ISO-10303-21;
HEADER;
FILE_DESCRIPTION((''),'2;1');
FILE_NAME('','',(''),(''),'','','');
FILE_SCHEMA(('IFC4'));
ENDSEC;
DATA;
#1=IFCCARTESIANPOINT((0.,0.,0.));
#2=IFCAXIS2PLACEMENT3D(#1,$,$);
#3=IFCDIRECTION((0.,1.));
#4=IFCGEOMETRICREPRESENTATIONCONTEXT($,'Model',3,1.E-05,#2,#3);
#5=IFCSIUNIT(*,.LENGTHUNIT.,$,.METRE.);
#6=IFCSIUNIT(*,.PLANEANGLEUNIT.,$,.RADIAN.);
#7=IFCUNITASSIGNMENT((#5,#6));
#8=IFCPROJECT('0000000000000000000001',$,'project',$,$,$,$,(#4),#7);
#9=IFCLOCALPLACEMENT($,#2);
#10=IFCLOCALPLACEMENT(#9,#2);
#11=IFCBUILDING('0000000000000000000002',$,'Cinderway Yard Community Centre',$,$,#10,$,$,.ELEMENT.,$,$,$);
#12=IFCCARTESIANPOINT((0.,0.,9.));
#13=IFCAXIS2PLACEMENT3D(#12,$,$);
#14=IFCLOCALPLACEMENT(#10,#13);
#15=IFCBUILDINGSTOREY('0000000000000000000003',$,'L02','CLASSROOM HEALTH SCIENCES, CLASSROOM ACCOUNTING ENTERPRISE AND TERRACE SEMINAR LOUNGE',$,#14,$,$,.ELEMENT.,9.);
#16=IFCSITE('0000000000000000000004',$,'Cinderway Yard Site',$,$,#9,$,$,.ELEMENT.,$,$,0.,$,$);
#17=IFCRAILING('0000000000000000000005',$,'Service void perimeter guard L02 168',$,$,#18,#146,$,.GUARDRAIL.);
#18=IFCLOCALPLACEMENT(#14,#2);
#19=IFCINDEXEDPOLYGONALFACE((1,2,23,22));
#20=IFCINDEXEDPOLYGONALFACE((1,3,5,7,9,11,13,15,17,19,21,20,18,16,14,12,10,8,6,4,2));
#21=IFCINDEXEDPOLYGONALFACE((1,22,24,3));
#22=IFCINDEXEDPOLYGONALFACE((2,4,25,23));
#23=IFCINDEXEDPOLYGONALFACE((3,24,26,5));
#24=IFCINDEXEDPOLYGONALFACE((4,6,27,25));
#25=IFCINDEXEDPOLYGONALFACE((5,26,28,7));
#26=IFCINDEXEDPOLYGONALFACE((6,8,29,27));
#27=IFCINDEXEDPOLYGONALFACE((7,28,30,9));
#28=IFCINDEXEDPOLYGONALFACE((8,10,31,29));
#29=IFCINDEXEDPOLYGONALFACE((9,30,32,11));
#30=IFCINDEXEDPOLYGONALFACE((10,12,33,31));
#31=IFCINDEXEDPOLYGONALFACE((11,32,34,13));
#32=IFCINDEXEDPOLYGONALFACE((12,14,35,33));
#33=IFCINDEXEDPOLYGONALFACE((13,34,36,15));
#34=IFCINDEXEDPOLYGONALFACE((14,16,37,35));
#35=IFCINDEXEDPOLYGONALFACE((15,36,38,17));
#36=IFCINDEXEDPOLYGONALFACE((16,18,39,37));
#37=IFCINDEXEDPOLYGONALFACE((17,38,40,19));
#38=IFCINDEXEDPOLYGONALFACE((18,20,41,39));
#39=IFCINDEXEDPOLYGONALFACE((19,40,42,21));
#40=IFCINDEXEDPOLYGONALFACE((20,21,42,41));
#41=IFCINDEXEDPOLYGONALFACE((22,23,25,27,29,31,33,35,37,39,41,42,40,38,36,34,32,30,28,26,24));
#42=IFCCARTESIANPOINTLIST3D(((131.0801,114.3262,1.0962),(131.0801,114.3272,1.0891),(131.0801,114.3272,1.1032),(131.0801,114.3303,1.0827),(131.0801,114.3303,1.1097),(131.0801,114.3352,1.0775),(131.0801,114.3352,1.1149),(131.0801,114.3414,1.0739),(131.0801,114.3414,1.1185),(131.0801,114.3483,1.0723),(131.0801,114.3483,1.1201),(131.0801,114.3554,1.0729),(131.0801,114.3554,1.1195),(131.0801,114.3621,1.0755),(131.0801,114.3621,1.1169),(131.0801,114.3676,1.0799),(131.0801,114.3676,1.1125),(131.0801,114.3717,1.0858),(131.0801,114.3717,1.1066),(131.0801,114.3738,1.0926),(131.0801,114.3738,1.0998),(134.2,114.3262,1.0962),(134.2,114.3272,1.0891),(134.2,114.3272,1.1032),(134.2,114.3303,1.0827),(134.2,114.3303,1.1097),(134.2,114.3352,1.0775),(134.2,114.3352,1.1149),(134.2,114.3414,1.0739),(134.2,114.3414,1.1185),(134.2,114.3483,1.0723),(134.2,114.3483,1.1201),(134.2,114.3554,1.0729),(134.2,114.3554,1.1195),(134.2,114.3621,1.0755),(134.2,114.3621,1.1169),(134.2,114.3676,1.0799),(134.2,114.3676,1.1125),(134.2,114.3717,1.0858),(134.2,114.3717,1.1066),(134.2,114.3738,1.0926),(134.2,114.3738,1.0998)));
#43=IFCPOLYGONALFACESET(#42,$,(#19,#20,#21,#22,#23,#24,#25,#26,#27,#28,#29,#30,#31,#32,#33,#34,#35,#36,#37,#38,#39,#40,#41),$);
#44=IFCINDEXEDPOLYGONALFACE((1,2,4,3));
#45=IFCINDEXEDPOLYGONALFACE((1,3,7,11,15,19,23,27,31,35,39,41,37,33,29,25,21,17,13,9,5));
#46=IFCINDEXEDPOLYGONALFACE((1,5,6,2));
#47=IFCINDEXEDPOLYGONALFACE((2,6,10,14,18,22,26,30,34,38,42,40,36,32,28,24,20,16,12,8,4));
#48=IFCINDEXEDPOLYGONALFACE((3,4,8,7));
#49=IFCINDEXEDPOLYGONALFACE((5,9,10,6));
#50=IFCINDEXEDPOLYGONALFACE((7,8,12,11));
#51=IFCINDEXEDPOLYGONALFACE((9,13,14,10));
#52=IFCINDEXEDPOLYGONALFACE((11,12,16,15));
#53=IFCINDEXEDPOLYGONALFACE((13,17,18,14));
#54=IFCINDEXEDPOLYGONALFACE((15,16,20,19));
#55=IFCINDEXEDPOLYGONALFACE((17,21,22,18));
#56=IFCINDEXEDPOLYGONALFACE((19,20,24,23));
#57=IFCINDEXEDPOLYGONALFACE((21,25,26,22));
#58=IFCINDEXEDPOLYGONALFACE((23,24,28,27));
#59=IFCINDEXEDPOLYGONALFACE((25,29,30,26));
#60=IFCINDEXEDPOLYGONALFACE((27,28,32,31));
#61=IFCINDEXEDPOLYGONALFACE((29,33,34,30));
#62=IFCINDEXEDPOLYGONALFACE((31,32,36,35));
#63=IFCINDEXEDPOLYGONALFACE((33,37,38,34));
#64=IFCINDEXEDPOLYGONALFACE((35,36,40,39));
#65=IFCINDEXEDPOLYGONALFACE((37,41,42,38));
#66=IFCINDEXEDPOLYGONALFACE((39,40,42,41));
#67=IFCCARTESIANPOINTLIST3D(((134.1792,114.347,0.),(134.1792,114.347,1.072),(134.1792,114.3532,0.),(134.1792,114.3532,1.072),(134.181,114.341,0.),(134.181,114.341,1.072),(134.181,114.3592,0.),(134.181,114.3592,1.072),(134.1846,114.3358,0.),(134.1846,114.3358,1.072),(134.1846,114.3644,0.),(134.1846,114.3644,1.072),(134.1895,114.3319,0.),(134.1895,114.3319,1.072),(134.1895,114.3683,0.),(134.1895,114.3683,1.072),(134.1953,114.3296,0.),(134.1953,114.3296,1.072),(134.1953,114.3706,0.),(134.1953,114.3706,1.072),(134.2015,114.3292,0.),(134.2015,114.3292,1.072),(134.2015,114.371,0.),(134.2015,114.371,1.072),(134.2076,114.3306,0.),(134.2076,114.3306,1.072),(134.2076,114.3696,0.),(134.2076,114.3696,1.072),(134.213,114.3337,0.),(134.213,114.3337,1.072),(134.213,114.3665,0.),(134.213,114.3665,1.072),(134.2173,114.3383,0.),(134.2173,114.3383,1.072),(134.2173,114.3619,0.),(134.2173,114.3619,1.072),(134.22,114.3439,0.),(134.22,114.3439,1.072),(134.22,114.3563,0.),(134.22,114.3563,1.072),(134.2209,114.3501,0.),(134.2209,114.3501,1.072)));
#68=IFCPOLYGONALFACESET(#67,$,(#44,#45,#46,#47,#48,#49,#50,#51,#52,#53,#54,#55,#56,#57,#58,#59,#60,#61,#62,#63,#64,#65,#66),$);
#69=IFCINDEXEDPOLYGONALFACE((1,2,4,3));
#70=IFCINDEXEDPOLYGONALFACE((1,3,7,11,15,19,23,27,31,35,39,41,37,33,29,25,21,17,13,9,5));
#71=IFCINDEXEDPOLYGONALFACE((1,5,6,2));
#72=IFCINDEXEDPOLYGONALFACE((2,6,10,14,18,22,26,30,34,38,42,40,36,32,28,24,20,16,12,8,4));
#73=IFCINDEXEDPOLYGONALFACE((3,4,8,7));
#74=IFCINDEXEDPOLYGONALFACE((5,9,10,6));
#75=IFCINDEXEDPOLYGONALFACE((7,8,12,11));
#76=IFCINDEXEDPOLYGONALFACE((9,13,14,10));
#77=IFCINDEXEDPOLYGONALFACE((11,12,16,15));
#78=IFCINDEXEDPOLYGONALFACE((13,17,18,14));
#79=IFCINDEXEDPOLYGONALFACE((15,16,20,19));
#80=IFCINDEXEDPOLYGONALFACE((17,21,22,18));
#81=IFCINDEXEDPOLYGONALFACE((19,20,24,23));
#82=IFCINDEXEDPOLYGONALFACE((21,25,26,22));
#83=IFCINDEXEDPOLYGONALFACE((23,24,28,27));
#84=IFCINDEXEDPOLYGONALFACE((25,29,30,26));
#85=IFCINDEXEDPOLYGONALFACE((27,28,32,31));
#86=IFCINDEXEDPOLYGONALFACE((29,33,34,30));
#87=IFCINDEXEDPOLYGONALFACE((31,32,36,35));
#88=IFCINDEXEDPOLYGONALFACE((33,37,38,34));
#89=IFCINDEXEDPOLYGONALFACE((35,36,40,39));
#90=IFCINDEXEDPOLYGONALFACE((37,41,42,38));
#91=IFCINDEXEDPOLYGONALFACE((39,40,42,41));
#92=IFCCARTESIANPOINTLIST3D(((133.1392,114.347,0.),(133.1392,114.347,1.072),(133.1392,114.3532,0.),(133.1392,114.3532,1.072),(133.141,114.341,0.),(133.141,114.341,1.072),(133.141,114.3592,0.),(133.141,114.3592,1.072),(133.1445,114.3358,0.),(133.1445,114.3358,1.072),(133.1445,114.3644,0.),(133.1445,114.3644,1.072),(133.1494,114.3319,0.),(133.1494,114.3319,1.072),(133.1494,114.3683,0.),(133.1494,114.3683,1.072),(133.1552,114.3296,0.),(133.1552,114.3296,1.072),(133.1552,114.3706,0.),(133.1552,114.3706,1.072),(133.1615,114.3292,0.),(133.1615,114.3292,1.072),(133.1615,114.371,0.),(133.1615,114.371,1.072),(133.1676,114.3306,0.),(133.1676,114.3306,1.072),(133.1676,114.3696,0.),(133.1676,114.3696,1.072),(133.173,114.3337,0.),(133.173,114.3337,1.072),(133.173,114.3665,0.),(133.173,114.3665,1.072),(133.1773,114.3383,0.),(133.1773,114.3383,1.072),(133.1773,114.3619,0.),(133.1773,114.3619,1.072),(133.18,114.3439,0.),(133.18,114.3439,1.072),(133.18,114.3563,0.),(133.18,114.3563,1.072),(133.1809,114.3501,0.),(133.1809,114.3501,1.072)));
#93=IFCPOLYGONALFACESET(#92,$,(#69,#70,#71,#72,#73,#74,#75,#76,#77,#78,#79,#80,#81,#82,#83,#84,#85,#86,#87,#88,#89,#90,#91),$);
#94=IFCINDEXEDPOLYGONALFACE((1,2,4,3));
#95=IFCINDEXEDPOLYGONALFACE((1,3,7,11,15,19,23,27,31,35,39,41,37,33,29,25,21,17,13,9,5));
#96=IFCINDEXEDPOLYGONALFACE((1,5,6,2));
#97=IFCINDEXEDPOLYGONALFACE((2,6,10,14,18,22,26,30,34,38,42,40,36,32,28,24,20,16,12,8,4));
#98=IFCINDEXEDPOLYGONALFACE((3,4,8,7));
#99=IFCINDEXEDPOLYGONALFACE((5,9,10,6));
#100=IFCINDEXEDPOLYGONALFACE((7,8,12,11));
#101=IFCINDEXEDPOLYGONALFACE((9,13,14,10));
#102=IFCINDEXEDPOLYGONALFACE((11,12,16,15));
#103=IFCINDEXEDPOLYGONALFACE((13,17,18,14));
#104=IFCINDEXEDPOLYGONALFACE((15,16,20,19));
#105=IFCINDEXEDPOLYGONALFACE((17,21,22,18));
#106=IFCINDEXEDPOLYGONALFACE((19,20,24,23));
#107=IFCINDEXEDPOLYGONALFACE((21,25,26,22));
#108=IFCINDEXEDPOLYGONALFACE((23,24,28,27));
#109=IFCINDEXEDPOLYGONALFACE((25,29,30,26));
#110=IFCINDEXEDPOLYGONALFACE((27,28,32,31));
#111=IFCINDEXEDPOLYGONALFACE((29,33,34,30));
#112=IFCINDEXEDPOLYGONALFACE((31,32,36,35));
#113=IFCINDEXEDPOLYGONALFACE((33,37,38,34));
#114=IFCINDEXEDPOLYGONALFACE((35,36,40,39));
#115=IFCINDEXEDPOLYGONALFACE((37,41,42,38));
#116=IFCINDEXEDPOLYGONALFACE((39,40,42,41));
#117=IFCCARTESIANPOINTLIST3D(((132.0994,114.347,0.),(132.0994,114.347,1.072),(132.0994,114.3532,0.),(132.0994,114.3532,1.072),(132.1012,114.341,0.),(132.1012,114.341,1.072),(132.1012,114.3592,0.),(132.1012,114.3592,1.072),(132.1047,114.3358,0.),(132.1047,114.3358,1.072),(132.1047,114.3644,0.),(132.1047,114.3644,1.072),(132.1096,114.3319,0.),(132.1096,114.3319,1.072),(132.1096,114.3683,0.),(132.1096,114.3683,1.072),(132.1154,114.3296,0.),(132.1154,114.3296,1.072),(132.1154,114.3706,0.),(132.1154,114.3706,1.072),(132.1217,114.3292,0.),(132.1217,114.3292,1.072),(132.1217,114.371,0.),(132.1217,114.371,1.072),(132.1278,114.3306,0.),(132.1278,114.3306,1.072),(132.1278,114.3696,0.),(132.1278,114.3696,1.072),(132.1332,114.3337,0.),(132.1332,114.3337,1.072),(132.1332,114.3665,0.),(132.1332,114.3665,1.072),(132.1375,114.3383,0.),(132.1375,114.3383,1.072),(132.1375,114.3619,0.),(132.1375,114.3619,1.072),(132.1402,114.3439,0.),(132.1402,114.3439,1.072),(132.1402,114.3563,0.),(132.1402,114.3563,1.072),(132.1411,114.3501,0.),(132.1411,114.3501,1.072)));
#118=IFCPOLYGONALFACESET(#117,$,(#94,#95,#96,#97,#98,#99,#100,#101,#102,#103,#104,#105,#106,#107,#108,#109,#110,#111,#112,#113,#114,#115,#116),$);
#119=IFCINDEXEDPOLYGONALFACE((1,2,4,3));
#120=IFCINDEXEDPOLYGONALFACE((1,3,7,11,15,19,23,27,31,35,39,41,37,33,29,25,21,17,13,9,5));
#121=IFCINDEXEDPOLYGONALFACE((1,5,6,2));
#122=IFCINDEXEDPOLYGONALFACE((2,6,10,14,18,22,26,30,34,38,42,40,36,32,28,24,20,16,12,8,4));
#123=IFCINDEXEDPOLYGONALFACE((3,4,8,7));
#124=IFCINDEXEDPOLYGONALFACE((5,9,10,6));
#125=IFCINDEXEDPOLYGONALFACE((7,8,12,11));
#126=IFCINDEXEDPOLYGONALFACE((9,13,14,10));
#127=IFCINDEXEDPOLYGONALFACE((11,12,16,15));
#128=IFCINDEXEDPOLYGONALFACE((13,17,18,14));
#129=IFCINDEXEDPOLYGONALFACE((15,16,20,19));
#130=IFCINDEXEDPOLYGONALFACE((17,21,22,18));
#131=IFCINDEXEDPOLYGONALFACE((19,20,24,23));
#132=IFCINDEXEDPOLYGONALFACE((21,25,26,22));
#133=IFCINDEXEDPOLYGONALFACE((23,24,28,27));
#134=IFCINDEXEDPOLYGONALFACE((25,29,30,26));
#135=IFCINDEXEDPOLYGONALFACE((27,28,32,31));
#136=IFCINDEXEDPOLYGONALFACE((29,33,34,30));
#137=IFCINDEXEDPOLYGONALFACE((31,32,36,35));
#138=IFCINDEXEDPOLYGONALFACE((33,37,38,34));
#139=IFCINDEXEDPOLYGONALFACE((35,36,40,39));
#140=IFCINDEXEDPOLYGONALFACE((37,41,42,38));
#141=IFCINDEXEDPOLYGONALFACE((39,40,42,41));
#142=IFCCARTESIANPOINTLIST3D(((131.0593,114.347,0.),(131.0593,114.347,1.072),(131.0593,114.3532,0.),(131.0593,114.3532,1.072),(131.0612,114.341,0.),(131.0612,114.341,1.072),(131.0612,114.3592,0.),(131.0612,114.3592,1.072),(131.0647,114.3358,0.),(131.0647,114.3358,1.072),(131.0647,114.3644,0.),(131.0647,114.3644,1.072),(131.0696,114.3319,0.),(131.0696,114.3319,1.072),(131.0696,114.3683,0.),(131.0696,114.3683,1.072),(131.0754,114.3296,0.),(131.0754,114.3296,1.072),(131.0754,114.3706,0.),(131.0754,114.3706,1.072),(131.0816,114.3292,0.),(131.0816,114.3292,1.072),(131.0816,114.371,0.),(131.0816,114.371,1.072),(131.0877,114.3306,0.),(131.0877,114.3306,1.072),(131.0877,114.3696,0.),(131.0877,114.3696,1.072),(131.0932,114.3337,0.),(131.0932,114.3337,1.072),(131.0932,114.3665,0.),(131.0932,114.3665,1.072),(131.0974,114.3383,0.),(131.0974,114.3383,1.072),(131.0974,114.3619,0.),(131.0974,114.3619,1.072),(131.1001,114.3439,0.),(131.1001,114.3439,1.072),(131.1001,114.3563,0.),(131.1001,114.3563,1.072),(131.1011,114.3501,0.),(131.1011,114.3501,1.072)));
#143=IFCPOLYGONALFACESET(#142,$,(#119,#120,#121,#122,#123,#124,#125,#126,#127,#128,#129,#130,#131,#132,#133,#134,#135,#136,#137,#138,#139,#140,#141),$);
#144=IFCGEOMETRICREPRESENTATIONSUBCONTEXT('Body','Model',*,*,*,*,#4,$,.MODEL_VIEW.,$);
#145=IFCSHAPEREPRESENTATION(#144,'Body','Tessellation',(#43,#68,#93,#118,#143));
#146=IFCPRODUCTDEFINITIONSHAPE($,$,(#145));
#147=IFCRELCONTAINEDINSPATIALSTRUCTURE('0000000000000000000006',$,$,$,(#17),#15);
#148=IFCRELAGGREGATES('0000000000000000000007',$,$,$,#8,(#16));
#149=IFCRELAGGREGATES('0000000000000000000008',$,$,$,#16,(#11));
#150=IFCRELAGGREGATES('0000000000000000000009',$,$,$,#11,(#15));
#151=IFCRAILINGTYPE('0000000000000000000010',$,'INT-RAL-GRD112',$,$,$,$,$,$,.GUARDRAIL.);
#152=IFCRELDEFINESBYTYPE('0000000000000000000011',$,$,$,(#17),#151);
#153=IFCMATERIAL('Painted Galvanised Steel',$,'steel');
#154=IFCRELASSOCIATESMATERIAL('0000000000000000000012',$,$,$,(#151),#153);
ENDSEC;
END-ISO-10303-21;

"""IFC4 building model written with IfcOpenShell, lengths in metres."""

from ifc_helpers import new_model, si_unit, direction, frame, origin, origin_2d, place, context, subcontext, project, spatial, circle, extrude, material, type_object, element, save


model = new_model("IFC4")

# Units and contexts
model_context = context("Model", 3, precision=1e-05, world=origin(), true_north=direction((0.0, 1.0)))
body_context = subcontext(model_context, "Body", "Model", "MODEL_VIEW")
ifc_project = project(units=[si_unit("LENGTHUNIT", "METRE"), si_unit("PLANEANGLEUNIT", "RADIAN")], contexts=[model_context])

# Site, building, storey
site_placement = place(None, origin())
site = spatial("IfcSite", under=ifc_project, at=site_placement, Name="Cinderway Yard Site", CompositionType="ELEMENT", RefElevation=0.0)
building_placement = place(site_placement, origin())
building = spatial("IfcBuilding", under=site, at=building_placement, Name="Cinderway Yard Community Centre", CompositionType="ELEMENT")
storey_placement = place(building_placement, frame((0.0, 0.0, 9.0)))
storey = spatial("IfcBuildingStorey", under=building, at=storey_placement, Name="L02", Description="CLASSROOM HEALTH SCIENCES, CLASSROOM ACCOUNTING ENTERPRISE AND TERRACE SEMINAR LOUNGE", CompositionType="ELEMENT", Elevation=9.0)

# Shared definitions
ifc_material_1 = material(Name="Painted Galvanised Steel", Category="steel")

# Railing
railing_type_1 = type_object("IfcRailingType", Name="INT-RAL-GRD112", PredefinedType="GUARDRAIL", material=ifc_material_1)
railing_1_placement = place(storey_placement, frame((134.2, 114.3501, 0.0)))
element("IfcRailing", 1, at=railing_1_placement, inside=storey, type_object=railing_type_1, Name="Service void perimeter guard L02 168", PredefinedType="GUARDRAIL", context=body_context, shape_type="SweptSolid", body=[
    extrude(circle(Radius=0.0239, at=origin_2d()), frame((0.0, 0.0, 1.0962), z_axis=(-1.0, 0.0, 0.0), x_axis=(0.0, -1.0, 0.0)), (0.0, 0.0, 1.0), 3.1199),
    extrude(circle(Radius=0.021, at=origin_2d()), origin(), (0.0, 0.0, 1.0), 1.072),
    extrude(circle(Radius=0.021, at=origin_2d()), frame((-1.04, 0.0, 0.0)), (0.0, 0.0, 1.0), 1.072),
    extrude(circle(Radius=0.021, at=origin_2d()), frame((-2.0798, 0.0, 0.0)), (0.0, 0.0, 1.0), 1.072),
    extrude(circle(Radius=0.021, at=origin_2d()), frame((-3.1199, 0.0, 0.0)), (0.0, 0.0, 1.0), 1.072),
])

save(model, "model.ifc")
